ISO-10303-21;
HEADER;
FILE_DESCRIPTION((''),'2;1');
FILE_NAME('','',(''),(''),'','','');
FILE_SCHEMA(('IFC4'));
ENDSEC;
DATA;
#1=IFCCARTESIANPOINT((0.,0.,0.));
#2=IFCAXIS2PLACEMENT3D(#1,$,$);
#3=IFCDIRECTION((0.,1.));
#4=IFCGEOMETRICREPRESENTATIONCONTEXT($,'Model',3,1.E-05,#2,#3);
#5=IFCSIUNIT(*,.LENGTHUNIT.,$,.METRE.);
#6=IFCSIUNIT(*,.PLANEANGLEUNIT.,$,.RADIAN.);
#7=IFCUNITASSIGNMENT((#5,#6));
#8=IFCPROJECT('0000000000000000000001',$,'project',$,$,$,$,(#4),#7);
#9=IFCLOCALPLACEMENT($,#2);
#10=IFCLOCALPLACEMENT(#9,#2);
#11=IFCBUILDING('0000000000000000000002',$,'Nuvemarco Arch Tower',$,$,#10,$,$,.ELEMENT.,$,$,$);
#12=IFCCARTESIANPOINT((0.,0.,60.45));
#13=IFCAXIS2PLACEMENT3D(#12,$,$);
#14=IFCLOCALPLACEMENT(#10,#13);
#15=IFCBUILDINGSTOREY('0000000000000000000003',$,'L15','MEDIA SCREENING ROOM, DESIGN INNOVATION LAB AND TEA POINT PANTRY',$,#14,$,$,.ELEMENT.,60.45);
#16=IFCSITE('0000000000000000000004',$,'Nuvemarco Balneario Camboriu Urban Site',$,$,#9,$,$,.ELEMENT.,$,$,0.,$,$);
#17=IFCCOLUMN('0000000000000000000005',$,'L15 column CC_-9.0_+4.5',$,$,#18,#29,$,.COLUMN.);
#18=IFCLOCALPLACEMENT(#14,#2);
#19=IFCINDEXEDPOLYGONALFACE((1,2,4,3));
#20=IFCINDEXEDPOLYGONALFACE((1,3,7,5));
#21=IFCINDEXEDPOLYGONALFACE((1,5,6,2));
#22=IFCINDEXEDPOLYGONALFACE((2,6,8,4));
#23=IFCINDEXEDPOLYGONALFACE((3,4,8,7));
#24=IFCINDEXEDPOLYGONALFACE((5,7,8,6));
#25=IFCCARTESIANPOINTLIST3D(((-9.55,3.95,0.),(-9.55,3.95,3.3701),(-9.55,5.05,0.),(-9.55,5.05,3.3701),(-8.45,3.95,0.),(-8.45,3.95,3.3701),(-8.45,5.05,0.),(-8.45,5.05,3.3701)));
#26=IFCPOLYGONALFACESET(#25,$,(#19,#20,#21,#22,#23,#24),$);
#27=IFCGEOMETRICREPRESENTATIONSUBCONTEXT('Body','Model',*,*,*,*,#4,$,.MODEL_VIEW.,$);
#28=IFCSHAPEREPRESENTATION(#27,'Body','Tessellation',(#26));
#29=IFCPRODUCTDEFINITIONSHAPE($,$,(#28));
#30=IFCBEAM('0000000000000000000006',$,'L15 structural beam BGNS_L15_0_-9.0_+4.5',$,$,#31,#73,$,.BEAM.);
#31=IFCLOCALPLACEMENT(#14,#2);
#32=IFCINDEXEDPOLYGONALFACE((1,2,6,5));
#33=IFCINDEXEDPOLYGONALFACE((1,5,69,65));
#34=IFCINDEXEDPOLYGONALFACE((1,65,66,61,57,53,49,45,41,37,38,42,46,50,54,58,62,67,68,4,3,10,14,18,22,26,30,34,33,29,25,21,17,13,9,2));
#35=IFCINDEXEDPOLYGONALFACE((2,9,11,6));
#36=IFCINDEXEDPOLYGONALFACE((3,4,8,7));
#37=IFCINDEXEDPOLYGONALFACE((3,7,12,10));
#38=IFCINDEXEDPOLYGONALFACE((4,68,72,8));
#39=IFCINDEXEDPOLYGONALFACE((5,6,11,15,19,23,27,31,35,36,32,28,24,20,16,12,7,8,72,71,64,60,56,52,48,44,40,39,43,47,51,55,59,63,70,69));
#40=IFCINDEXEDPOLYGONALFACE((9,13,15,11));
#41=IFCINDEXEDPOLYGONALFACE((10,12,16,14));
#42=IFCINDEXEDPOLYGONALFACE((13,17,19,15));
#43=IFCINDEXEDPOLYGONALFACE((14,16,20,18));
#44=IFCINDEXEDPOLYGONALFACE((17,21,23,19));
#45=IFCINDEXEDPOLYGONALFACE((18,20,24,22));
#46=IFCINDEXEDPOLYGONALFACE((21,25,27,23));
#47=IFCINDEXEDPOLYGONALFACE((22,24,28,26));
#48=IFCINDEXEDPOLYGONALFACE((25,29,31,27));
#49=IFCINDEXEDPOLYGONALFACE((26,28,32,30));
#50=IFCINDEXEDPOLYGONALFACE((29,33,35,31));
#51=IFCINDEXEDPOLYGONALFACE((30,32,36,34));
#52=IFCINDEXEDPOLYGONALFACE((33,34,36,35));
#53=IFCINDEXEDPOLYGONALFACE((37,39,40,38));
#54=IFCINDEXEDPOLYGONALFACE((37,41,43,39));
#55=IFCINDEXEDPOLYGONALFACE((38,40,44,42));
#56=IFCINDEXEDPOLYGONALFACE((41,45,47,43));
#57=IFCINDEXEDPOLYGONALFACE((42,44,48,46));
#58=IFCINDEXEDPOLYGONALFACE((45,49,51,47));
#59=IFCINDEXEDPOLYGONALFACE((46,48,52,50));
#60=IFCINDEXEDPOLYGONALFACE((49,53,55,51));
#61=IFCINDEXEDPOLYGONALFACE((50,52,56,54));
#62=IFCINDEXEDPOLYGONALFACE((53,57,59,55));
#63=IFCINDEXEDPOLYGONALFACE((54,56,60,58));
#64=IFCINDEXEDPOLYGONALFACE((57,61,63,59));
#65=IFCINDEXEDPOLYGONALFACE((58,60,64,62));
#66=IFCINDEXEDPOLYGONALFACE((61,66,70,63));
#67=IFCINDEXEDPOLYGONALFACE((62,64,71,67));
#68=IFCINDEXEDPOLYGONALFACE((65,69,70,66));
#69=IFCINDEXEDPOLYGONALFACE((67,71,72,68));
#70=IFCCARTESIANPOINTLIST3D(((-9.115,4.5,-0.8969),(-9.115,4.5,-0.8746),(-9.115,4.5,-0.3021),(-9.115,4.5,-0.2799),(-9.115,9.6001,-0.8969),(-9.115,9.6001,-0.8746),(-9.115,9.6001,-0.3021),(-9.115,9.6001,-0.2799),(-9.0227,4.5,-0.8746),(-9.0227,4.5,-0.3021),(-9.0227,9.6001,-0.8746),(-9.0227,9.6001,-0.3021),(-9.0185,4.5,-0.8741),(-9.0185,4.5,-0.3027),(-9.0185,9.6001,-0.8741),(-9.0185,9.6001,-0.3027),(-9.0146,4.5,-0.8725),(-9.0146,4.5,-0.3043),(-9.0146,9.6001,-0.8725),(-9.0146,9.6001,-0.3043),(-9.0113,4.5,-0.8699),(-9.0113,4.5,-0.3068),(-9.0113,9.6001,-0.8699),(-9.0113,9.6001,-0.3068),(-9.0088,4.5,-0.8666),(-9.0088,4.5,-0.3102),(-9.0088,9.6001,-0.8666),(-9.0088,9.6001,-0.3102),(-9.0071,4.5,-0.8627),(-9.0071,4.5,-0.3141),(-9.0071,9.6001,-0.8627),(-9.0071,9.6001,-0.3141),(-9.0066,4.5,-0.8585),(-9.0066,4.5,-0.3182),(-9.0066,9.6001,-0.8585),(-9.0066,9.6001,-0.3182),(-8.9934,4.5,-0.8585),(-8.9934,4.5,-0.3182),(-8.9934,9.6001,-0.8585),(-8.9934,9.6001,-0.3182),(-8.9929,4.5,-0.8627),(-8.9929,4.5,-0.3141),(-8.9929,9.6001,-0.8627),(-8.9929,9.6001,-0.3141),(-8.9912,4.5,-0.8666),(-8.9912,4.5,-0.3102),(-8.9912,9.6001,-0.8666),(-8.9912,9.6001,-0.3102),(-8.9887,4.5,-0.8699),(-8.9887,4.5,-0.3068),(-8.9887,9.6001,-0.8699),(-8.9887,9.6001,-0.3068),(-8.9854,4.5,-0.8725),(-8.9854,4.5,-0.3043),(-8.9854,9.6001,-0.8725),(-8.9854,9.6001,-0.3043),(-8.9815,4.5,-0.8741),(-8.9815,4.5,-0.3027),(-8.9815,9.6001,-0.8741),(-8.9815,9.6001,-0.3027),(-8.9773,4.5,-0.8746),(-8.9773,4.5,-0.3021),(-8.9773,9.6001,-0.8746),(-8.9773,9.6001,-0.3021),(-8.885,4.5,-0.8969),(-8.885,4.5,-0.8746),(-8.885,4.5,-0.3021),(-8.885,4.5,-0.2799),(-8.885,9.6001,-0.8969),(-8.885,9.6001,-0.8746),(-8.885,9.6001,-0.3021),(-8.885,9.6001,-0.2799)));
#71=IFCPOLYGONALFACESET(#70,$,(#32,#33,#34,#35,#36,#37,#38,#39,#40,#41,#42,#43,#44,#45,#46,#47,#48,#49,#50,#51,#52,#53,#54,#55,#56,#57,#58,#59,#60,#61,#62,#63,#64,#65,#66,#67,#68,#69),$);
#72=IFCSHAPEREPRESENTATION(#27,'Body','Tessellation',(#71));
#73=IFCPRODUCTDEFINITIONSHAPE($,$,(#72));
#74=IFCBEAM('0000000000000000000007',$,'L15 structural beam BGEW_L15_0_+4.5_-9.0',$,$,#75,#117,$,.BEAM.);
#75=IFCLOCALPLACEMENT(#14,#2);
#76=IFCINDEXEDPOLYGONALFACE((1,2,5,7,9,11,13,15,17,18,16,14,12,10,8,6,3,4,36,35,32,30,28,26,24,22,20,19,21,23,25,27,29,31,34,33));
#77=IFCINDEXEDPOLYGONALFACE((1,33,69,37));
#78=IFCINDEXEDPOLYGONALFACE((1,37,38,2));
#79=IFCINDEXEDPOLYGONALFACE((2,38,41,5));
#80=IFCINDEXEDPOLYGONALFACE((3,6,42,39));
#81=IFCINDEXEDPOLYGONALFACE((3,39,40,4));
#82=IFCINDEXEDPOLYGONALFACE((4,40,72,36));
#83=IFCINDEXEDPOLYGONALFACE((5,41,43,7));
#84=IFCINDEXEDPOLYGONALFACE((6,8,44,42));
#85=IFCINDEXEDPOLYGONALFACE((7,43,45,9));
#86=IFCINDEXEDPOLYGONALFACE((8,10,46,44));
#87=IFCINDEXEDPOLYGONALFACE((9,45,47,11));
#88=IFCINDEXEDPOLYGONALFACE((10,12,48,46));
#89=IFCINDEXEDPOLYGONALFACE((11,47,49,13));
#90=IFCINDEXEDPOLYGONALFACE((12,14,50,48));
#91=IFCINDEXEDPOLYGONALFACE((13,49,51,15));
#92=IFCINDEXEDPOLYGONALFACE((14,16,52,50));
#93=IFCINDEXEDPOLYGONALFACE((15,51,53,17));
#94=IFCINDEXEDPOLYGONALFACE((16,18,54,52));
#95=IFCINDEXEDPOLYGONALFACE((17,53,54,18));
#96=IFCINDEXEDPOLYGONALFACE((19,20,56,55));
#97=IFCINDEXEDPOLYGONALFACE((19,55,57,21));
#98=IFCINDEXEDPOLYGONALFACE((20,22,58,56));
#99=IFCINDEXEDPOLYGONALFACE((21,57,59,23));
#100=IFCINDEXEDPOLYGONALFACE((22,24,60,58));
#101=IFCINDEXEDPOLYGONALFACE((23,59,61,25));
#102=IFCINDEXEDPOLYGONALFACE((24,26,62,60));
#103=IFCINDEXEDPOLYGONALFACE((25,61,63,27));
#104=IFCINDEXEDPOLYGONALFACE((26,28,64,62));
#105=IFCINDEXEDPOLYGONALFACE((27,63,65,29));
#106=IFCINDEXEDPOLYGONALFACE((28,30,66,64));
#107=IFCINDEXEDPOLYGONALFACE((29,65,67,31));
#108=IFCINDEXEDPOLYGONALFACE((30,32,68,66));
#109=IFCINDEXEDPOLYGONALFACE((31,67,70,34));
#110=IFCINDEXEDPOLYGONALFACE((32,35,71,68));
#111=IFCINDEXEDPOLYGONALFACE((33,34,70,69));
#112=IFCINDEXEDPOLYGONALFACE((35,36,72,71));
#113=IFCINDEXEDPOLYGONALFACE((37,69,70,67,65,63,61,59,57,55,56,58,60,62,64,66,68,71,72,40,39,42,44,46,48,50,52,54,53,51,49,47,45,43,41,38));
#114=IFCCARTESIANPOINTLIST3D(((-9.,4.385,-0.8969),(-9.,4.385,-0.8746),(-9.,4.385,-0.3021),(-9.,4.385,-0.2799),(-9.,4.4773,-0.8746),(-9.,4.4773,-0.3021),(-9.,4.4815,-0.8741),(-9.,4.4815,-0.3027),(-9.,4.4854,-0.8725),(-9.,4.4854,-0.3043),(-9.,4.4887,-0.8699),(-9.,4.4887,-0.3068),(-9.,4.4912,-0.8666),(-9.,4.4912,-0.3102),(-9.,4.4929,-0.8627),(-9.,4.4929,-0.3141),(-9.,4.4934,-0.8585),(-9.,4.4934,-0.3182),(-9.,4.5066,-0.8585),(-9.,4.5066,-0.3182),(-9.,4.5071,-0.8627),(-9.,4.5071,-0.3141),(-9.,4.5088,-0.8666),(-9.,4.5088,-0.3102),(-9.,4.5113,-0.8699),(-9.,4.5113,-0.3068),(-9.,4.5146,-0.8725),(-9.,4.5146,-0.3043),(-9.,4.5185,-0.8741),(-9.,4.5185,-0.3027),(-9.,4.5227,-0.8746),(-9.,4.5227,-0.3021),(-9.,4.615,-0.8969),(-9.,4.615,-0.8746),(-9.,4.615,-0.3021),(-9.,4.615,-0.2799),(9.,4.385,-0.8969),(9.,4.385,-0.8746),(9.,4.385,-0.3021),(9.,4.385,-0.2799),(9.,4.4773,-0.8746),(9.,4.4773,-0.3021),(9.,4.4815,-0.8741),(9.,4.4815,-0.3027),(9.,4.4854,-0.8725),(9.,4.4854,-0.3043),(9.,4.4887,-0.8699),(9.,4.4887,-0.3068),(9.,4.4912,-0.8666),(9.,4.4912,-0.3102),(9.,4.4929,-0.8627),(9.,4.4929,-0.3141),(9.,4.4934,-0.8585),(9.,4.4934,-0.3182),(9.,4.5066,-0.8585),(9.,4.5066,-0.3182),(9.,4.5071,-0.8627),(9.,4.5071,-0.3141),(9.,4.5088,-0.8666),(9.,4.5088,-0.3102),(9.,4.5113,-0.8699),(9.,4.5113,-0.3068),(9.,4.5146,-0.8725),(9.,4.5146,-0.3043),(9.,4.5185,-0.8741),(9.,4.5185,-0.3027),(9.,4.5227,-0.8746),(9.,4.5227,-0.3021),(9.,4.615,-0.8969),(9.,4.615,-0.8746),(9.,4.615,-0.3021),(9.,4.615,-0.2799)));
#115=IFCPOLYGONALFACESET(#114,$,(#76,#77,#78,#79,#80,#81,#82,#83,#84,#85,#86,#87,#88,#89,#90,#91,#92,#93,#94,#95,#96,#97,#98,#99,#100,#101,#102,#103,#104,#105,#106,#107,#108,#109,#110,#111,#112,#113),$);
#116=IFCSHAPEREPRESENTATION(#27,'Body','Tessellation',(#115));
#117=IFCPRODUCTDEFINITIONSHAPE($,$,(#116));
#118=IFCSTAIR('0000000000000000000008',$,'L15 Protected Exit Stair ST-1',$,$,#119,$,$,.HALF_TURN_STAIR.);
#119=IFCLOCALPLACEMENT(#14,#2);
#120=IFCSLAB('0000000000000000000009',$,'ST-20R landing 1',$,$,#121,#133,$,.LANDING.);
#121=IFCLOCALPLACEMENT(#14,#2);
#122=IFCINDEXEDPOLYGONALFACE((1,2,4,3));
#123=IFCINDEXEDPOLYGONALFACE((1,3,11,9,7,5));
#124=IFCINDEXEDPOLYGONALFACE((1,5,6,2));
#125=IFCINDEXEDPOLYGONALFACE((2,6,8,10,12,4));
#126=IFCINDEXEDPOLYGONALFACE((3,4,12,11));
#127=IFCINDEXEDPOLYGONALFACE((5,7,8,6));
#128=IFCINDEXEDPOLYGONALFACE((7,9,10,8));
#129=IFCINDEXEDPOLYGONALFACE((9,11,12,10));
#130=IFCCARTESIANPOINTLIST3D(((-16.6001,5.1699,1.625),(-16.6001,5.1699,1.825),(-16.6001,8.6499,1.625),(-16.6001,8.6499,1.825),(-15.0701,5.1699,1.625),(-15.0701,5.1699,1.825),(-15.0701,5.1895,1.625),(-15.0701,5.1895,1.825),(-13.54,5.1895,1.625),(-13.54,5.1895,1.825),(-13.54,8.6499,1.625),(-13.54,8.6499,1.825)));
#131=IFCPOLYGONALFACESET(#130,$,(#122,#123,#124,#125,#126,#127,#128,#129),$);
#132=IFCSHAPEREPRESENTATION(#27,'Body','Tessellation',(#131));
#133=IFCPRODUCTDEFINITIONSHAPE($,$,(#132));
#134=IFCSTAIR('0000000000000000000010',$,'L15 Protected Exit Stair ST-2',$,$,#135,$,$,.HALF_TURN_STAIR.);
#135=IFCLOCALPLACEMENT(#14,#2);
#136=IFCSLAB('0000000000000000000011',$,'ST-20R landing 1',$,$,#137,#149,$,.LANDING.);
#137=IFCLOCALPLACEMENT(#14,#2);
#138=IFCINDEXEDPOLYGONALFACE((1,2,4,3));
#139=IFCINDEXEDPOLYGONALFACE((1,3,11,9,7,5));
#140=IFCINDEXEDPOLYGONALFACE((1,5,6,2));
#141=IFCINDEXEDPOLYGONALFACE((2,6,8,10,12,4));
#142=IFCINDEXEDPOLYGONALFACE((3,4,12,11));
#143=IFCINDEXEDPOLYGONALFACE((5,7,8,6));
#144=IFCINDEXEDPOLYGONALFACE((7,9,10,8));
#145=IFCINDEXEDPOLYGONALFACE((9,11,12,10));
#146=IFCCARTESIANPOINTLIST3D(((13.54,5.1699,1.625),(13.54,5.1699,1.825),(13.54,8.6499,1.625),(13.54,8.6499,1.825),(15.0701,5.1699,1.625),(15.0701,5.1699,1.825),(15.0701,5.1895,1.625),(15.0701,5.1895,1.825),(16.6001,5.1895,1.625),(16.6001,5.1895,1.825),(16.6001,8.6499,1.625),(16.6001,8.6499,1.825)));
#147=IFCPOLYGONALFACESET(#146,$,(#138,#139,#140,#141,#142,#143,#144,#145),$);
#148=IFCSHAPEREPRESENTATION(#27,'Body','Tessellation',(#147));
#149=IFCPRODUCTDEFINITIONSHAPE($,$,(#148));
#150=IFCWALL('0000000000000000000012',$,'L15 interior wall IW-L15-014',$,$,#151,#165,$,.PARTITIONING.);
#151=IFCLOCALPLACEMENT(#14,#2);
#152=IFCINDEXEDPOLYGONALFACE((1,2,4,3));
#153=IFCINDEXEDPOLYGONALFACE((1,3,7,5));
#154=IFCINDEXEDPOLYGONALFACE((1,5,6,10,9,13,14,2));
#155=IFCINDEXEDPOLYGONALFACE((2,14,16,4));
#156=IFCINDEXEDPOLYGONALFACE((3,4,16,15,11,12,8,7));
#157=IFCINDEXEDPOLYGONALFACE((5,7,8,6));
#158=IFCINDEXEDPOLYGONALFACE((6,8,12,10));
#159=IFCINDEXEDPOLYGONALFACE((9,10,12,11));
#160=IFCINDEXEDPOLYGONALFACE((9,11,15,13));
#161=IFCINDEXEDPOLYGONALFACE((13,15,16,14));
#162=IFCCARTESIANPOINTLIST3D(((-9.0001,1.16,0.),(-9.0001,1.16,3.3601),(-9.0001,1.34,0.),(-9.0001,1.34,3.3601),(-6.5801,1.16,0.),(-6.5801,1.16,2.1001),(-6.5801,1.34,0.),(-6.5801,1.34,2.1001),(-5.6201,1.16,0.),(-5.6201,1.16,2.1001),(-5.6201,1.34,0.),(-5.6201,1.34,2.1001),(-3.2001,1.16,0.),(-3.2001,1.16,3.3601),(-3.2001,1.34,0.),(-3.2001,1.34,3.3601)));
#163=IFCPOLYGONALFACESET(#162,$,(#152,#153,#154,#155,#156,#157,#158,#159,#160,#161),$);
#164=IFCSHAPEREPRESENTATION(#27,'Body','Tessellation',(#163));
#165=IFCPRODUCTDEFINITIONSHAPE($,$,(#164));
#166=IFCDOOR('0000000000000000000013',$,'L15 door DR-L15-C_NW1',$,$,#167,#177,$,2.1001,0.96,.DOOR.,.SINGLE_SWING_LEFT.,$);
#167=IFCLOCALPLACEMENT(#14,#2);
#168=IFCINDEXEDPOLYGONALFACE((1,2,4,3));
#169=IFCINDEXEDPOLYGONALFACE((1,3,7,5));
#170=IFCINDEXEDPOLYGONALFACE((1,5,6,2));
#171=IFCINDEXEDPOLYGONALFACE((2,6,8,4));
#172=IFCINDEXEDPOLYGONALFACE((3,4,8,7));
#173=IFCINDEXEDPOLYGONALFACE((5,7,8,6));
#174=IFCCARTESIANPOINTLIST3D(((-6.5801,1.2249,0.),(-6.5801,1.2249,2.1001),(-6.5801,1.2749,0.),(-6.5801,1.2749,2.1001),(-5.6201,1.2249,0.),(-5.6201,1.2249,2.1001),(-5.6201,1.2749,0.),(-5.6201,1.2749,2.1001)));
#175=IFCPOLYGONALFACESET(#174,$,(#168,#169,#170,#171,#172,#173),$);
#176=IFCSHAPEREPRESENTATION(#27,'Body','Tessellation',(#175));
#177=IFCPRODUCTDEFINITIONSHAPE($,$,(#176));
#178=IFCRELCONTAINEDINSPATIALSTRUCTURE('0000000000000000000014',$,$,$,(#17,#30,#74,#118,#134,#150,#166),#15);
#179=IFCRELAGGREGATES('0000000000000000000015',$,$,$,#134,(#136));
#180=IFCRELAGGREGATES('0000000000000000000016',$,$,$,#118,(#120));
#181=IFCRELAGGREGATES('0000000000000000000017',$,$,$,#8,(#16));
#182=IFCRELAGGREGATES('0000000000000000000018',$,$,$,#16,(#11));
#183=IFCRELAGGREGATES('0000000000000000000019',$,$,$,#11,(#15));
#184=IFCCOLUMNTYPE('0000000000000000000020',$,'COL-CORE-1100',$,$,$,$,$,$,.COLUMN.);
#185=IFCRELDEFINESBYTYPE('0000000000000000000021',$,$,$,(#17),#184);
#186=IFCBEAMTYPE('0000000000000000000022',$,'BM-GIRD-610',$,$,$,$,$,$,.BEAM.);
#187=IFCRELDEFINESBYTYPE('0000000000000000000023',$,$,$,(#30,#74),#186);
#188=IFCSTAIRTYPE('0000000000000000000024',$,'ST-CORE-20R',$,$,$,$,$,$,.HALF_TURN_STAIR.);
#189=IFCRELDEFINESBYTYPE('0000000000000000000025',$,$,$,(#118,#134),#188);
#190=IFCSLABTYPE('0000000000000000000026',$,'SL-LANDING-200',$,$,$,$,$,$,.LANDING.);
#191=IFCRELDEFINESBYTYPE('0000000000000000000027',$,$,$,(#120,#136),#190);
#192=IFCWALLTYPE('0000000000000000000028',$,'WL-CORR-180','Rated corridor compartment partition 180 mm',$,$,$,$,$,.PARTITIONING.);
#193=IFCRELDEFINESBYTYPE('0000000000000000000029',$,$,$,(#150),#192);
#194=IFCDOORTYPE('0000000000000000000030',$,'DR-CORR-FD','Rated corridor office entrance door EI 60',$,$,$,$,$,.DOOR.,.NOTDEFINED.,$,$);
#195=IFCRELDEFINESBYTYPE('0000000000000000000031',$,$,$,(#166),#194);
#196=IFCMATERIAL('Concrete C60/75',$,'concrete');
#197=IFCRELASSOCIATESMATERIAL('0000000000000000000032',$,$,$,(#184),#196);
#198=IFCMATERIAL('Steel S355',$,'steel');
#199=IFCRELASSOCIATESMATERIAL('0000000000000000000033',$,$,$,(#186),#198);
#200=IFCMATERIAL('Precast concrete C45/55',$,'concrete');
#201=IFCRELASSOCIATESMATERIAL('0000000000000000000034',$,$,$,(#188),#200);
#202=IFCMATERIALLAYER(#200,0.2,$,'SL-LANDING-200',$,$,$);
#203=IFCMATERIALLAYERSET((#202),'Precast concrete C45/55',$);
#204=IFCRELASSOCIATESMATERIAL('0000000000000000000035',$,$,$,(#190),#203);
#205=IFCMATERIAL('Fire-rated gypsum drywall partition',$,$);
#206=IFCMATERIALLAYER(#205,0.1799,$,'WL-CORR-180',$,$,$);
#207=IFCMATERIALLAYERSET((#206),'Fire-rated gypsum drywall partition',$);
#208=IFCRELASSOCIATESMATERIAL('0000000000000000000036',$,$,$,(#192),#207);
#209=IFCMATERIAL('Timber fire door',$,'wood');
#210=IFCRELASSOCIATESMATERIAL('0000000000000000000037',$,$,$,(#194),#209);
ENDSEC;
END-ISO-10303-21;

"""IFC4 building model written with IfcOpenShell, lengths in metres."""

from ifc_helpers import new_model, si_unit, direction, frame, frame_2d, origin, origin_2d, place, context, subcontext, project, spatial, polyline, rectangle, i_section, outline, extrude, source, transform, mapped, material, layer, layer_set, material_profile, profile_set, type_object, type_shapes, element, fill, aggregate, save


model = new_model("IFC4")

# Units and contexts
model_context = context("Model", 3, precision=1e-05, world=origin(), true_north=direction((0.0, 1.0)))
body_context = subcontext(model_context, "Body", "Model", "MODEL_VIEW")
ifc_project = project(units=[si_unit("LENGTHUNIT", "METRE"), si_unit("PLANEANGLEUNIT", "RADIAN")], contexts=[model_context])

# Site, building, storey
site_placement = place(None, origin())
site = spatial("IfcSite", under=ifc_project, at=site_placement, Name="Nuvemarco Balneario Camboriu Urban Site", CompositionType="ELEMENT", RefElevation=0.0)
building_placement = place(site_placement, origin())
building = spatial("IfcBuilding", under=site, at=building_placement, Name="Nuvemarco Arch Tower", CompositionType="ELEMENT")
storey_placement = place(building_placement, frame((0.0, 0.0, 60.45)))
storey = spatial("IfcBuildingStorey", under=building, at=storey_placement, Name="L15", Description="MEDIA SCREENING ROOM, DESIGN INNOVATION LAB AND TEA POINT PANTRY", CompositionType="ELEMENT", Elevation=60.45)

# Column
ifc_material_1 = material(Name="Concrete C60/75", Category="concrete")
ifc_material_profile_1 = material_profile(ifc_material_1, rectangle(XDim=1.1001, YDim=1.1001, at=origin_2d()), Name="RC-COL-1100x1100")
ifc_profile_set_1 = profile_set([ifc_material_profile_1], Name="Concrete C60/75")
column_type = type_object("IfcColumnType", Name="COL-CORE-1100", PredefinedType="COLUMN", material=ifc_profile_set_1)
column_placement = place(storey_placement, frame((-9.0, 4.5, 0.0), z_axis=(0.0, 0.0, 1.0), x_axis=(1.0, 0.0, 0.0)))
element("IfcColumn", 1, at=column_placement, inside=storey, type_object=column_type, Name="L15 column CC_-9.0_+4.5", PredefinedType="COLUMN", context=body_context, shape_type="SweptSolid", body=[
    extrude(rectangle(XDim=1.1001, YDim=1.1001, at=origin_2d()), origin(), (0.0, 0.0, 1.0), 3.3701),
])

# Beams
ifc_material_2 = material(Name="Steel S355", Category="steel")
ifc_material_profile_2 = material_profile(ifc_material_2, i_section(OverallWidth=0.23, OverallDepth=0.6169, WebThickness=0.0132, FlangeThickness=0.0222, FilletRadius=0.0161, at=origin_2d()), Name="W610x140")
ifc_profile_set_2 = profile_set([ifc_material_profile_2], Name="Steel S355")
beam_type = type_object("IfcBeamType", Name="BM-GIRD-610", PredefinedType="BEAM", material=ifc_profile_set_2)
beam_1_placement = place(storey_placement, frame((-9.0, 4.5, -0.5884), z_axis=(0.0, 1.0, 0.0), x_axis=(-1.0, 0.0, 0.0)))
element("IfcBeam", 2, at=beam_1_placement, inside=storey, type_object=beam_type, Name="L15 structural beam BGNS_L15_0_-9.0_+4.5", PredefinedType="BEAM", context=body_context, shape_type="SweptSolid", body=[
    extrude(i_section(OverallWidth=0.23, OverallDepth=0.6169, WebThickness=0.0132, FlangeThickness=0.0222, FilletRadius=0.0161, at=origin_2d()), origin(), (0.0, 0.0, 1.0), 5.1001),
])
beam_2_placement = place(storey_placement, frame((-9.0, 4.5, -0.5884), z_axis=(1.0, 0.0, 0.0), x_axis=(0.0, 1.0, 0.0)))
element("IfcBeam", 3, at=beam_2_placement, inside=storey, type_object=beam_type, Name="L15 structural beam BGEW_L15_0_+4.5_-9.0", PredefinedType="BEAM", context=body_context, shape_type="SweptSolid", body=[
    extrude(i_section(OverallWidth=0.23, OverallDepth=0.6169, WebThickness=0.0132, FlangeThickness=0.0222, FilletRadius=0.0161, at=origin_2d()), origin(), (0.0, 0.0, 1.0), 18.0),
])

# Stairs, slabs
ifc_material_3 = material(Name="Precast concrete C45/55", Category="concrete")
stair_type = type_object("IfcStairType", Name="ST-CORE-20R", PredefinedType="HALF_TURN_STAIR", material=ifc_material_3)
stair_1_placement = place(storey_placement, origin())
stair_1 = element("IfcStair", 4, at=stair_1_placement, inside=storey, type_object=stair_type, Name="L15 Protected Exit Stair ST-1", PredefinedType="HALF_TURN_STAIR")
ifc_layer_1 = layer(ifc_material_3, 0.2, Name="SL-LANDING-200")
ifc_layer_set_1 = layer_set([ifc_layer_1], Name="Precast concrete C45/55")
slab_type = type_object("IfcSlabType", Name="SL-LANDING-200", PredefinedType="LANDING", material=ifc_layer_set_1)
slab_1_placement = place(storey_placement, frame((0.0, 0.0, 1.625)))
slab_1 = element("IfcSlab", 5, at=slab_1_placement, type_object=slab_type, Name="ST-20R landing 1", PredefinedType="LANDING", context=body_context, shape_type="SweptSolid", body=[
    extrude(outline(polyline([(-13.54, 5.1895), (-13.54, 8.6499), (-16.6001, 8.6499), (-16.6001, 5.1699), (-15.0701, 5.1699), (-15.0701, 5.1895), (-13.54, 5.1895)])), origin(), (0.0, 0.0, 1.0), 0.2),
])
stair_2_placement = place(storey_placement, origin())
stair_2 = element("IfcStair", 6, at=stair_2_placement, inside=storey, type_object=stair_type, Name="L15 Protected Exit Stair ST-2", PredefinedType="HALF_TURN_STAIR")
slab_2_placement = place(storey_placement, frame((0.0, 0.0, 1.625)))
slab_2 = element("IfcSlab", 7, at=slab_2_placement, type_object=slab_type, Name="ST-20R landing 1", PredefinedType="LANDING", context=body_context, shape_type="SweptSolid", body=[
    extrude(outline(polyline([(16.6001, 5.1895), (16.6001, 8.6499), (13.54, 8.6499), (13.54, 5.1699), (15.0701, 5.1699), (15.0701, 5.1895), (16.6001, 5.1895)])), origin(), (0.0, 0.0, 1.0), 0.2),
])
aggregate(stair_2, [slab_2])

# Wall, opening, door
ifc_material_4 = material(Name="Fire-rated gypsum drywall partition")
ifc_layer_2 = layer(ifc_material_4, 0.1799, Name="WL-CORR-180")
ifc_layer_set_2 = layer_set([ifc_layer_2], Name="Fire-rated gypsum drywall partition")
wall_type_1 = type_object("IfcWallType", Name="WL-CORR-180", Description="Rated corridor compartment partition 180 mm", PredefinedType="PARTITIONING", material=ifc_layer_set_2)
wall_1_placement = place(storey_placement, frame((-9.0, 1.25, 0.0), z_axis=(0.0, 0.0, 1.0), x_axis=(1.0, 0.0, 0.0)))
wall_1 = element("IfcWall", 8, at=wall_1_placement, inside=storey, type_object=wall_type_1, Name="L15 interior wall IW-L15-014", PredefinedType="PARTITIONING", context=body_context, shape_type="SweptSolid", body=[
    extrude(rectangle(XDim=5.8, YDim=0.1799, at=frame_2d((2.8999, 0.0))), origin(), (0.0, 0.0, 1.0), 3.3601),
])
opening_1_placement = place(wall_1_placement, frame((2.4199, 0.0, 0.0)))
opening_1 = element("IfcOpeningElement", 9, at=opening_1_placement, cuts=wall_1, PredefinedType="OPENING", context=body_context, shape_type="SweptSolid", body=[
    extrude(rectangle(XDim=0.96, YDim=2.1001, at=frame_2d((0.48, 1.05))), frame((0.0, 0.0999, 0.0), z_axis=(0.0, -1.0, 0.0), x_axis=(1.0, 0.0, 0.0)), (0.0, 0.0, 1.0), 0.2),
])
ifc_material_5 = material(Name="Timber fire door", Category="wood")
door_type_1 = type_object("IfcDoorType", Name="DR-CORR-FD", Description="Rated corridor office entrance door EI 60", OperationType="NOTDEFINED", PredefinedType="DOOR", material=ifc_material_5)
shared_shape_1 = source(origin(), body_context, "Body", "SweptSolid", [
    extrude(rectangle(XDim=0.96, YDim=2.1001, at=frame_2d((0.48, 1.05))), frame((0.0, 0.0249, 0.0), z_axis=(0.0, -1.0, 0.0), x_axis=(1.0, 0.0, 0.0)), (0.0, 0.0, 1.0), 0.05),
])
type_shapes(door_type_1, [shared_shape_1])
door_1_placement = place(opening_1_placement, origin())
door_1 = element("IfcDoor", 10, at=door_1_placement, inside=storey, type_object=door_type_1, Name="L15 door DR-L15-C_NW1", OperationType="SINGLE_SWING_LEFT", OverallHeight=2.1001, OverallWidth=0.96, PredefinedType="DOOR", context=body_context, shape_type="MappedRepresentation", body=[
    mapped(shared_shape_1, transform((0.0, 0.0, 0.0), scale=1.0)),
])
fill(opening_1, door_1)

aggregate(stair_1, [slab_1])

save(model, "model.ifc")
